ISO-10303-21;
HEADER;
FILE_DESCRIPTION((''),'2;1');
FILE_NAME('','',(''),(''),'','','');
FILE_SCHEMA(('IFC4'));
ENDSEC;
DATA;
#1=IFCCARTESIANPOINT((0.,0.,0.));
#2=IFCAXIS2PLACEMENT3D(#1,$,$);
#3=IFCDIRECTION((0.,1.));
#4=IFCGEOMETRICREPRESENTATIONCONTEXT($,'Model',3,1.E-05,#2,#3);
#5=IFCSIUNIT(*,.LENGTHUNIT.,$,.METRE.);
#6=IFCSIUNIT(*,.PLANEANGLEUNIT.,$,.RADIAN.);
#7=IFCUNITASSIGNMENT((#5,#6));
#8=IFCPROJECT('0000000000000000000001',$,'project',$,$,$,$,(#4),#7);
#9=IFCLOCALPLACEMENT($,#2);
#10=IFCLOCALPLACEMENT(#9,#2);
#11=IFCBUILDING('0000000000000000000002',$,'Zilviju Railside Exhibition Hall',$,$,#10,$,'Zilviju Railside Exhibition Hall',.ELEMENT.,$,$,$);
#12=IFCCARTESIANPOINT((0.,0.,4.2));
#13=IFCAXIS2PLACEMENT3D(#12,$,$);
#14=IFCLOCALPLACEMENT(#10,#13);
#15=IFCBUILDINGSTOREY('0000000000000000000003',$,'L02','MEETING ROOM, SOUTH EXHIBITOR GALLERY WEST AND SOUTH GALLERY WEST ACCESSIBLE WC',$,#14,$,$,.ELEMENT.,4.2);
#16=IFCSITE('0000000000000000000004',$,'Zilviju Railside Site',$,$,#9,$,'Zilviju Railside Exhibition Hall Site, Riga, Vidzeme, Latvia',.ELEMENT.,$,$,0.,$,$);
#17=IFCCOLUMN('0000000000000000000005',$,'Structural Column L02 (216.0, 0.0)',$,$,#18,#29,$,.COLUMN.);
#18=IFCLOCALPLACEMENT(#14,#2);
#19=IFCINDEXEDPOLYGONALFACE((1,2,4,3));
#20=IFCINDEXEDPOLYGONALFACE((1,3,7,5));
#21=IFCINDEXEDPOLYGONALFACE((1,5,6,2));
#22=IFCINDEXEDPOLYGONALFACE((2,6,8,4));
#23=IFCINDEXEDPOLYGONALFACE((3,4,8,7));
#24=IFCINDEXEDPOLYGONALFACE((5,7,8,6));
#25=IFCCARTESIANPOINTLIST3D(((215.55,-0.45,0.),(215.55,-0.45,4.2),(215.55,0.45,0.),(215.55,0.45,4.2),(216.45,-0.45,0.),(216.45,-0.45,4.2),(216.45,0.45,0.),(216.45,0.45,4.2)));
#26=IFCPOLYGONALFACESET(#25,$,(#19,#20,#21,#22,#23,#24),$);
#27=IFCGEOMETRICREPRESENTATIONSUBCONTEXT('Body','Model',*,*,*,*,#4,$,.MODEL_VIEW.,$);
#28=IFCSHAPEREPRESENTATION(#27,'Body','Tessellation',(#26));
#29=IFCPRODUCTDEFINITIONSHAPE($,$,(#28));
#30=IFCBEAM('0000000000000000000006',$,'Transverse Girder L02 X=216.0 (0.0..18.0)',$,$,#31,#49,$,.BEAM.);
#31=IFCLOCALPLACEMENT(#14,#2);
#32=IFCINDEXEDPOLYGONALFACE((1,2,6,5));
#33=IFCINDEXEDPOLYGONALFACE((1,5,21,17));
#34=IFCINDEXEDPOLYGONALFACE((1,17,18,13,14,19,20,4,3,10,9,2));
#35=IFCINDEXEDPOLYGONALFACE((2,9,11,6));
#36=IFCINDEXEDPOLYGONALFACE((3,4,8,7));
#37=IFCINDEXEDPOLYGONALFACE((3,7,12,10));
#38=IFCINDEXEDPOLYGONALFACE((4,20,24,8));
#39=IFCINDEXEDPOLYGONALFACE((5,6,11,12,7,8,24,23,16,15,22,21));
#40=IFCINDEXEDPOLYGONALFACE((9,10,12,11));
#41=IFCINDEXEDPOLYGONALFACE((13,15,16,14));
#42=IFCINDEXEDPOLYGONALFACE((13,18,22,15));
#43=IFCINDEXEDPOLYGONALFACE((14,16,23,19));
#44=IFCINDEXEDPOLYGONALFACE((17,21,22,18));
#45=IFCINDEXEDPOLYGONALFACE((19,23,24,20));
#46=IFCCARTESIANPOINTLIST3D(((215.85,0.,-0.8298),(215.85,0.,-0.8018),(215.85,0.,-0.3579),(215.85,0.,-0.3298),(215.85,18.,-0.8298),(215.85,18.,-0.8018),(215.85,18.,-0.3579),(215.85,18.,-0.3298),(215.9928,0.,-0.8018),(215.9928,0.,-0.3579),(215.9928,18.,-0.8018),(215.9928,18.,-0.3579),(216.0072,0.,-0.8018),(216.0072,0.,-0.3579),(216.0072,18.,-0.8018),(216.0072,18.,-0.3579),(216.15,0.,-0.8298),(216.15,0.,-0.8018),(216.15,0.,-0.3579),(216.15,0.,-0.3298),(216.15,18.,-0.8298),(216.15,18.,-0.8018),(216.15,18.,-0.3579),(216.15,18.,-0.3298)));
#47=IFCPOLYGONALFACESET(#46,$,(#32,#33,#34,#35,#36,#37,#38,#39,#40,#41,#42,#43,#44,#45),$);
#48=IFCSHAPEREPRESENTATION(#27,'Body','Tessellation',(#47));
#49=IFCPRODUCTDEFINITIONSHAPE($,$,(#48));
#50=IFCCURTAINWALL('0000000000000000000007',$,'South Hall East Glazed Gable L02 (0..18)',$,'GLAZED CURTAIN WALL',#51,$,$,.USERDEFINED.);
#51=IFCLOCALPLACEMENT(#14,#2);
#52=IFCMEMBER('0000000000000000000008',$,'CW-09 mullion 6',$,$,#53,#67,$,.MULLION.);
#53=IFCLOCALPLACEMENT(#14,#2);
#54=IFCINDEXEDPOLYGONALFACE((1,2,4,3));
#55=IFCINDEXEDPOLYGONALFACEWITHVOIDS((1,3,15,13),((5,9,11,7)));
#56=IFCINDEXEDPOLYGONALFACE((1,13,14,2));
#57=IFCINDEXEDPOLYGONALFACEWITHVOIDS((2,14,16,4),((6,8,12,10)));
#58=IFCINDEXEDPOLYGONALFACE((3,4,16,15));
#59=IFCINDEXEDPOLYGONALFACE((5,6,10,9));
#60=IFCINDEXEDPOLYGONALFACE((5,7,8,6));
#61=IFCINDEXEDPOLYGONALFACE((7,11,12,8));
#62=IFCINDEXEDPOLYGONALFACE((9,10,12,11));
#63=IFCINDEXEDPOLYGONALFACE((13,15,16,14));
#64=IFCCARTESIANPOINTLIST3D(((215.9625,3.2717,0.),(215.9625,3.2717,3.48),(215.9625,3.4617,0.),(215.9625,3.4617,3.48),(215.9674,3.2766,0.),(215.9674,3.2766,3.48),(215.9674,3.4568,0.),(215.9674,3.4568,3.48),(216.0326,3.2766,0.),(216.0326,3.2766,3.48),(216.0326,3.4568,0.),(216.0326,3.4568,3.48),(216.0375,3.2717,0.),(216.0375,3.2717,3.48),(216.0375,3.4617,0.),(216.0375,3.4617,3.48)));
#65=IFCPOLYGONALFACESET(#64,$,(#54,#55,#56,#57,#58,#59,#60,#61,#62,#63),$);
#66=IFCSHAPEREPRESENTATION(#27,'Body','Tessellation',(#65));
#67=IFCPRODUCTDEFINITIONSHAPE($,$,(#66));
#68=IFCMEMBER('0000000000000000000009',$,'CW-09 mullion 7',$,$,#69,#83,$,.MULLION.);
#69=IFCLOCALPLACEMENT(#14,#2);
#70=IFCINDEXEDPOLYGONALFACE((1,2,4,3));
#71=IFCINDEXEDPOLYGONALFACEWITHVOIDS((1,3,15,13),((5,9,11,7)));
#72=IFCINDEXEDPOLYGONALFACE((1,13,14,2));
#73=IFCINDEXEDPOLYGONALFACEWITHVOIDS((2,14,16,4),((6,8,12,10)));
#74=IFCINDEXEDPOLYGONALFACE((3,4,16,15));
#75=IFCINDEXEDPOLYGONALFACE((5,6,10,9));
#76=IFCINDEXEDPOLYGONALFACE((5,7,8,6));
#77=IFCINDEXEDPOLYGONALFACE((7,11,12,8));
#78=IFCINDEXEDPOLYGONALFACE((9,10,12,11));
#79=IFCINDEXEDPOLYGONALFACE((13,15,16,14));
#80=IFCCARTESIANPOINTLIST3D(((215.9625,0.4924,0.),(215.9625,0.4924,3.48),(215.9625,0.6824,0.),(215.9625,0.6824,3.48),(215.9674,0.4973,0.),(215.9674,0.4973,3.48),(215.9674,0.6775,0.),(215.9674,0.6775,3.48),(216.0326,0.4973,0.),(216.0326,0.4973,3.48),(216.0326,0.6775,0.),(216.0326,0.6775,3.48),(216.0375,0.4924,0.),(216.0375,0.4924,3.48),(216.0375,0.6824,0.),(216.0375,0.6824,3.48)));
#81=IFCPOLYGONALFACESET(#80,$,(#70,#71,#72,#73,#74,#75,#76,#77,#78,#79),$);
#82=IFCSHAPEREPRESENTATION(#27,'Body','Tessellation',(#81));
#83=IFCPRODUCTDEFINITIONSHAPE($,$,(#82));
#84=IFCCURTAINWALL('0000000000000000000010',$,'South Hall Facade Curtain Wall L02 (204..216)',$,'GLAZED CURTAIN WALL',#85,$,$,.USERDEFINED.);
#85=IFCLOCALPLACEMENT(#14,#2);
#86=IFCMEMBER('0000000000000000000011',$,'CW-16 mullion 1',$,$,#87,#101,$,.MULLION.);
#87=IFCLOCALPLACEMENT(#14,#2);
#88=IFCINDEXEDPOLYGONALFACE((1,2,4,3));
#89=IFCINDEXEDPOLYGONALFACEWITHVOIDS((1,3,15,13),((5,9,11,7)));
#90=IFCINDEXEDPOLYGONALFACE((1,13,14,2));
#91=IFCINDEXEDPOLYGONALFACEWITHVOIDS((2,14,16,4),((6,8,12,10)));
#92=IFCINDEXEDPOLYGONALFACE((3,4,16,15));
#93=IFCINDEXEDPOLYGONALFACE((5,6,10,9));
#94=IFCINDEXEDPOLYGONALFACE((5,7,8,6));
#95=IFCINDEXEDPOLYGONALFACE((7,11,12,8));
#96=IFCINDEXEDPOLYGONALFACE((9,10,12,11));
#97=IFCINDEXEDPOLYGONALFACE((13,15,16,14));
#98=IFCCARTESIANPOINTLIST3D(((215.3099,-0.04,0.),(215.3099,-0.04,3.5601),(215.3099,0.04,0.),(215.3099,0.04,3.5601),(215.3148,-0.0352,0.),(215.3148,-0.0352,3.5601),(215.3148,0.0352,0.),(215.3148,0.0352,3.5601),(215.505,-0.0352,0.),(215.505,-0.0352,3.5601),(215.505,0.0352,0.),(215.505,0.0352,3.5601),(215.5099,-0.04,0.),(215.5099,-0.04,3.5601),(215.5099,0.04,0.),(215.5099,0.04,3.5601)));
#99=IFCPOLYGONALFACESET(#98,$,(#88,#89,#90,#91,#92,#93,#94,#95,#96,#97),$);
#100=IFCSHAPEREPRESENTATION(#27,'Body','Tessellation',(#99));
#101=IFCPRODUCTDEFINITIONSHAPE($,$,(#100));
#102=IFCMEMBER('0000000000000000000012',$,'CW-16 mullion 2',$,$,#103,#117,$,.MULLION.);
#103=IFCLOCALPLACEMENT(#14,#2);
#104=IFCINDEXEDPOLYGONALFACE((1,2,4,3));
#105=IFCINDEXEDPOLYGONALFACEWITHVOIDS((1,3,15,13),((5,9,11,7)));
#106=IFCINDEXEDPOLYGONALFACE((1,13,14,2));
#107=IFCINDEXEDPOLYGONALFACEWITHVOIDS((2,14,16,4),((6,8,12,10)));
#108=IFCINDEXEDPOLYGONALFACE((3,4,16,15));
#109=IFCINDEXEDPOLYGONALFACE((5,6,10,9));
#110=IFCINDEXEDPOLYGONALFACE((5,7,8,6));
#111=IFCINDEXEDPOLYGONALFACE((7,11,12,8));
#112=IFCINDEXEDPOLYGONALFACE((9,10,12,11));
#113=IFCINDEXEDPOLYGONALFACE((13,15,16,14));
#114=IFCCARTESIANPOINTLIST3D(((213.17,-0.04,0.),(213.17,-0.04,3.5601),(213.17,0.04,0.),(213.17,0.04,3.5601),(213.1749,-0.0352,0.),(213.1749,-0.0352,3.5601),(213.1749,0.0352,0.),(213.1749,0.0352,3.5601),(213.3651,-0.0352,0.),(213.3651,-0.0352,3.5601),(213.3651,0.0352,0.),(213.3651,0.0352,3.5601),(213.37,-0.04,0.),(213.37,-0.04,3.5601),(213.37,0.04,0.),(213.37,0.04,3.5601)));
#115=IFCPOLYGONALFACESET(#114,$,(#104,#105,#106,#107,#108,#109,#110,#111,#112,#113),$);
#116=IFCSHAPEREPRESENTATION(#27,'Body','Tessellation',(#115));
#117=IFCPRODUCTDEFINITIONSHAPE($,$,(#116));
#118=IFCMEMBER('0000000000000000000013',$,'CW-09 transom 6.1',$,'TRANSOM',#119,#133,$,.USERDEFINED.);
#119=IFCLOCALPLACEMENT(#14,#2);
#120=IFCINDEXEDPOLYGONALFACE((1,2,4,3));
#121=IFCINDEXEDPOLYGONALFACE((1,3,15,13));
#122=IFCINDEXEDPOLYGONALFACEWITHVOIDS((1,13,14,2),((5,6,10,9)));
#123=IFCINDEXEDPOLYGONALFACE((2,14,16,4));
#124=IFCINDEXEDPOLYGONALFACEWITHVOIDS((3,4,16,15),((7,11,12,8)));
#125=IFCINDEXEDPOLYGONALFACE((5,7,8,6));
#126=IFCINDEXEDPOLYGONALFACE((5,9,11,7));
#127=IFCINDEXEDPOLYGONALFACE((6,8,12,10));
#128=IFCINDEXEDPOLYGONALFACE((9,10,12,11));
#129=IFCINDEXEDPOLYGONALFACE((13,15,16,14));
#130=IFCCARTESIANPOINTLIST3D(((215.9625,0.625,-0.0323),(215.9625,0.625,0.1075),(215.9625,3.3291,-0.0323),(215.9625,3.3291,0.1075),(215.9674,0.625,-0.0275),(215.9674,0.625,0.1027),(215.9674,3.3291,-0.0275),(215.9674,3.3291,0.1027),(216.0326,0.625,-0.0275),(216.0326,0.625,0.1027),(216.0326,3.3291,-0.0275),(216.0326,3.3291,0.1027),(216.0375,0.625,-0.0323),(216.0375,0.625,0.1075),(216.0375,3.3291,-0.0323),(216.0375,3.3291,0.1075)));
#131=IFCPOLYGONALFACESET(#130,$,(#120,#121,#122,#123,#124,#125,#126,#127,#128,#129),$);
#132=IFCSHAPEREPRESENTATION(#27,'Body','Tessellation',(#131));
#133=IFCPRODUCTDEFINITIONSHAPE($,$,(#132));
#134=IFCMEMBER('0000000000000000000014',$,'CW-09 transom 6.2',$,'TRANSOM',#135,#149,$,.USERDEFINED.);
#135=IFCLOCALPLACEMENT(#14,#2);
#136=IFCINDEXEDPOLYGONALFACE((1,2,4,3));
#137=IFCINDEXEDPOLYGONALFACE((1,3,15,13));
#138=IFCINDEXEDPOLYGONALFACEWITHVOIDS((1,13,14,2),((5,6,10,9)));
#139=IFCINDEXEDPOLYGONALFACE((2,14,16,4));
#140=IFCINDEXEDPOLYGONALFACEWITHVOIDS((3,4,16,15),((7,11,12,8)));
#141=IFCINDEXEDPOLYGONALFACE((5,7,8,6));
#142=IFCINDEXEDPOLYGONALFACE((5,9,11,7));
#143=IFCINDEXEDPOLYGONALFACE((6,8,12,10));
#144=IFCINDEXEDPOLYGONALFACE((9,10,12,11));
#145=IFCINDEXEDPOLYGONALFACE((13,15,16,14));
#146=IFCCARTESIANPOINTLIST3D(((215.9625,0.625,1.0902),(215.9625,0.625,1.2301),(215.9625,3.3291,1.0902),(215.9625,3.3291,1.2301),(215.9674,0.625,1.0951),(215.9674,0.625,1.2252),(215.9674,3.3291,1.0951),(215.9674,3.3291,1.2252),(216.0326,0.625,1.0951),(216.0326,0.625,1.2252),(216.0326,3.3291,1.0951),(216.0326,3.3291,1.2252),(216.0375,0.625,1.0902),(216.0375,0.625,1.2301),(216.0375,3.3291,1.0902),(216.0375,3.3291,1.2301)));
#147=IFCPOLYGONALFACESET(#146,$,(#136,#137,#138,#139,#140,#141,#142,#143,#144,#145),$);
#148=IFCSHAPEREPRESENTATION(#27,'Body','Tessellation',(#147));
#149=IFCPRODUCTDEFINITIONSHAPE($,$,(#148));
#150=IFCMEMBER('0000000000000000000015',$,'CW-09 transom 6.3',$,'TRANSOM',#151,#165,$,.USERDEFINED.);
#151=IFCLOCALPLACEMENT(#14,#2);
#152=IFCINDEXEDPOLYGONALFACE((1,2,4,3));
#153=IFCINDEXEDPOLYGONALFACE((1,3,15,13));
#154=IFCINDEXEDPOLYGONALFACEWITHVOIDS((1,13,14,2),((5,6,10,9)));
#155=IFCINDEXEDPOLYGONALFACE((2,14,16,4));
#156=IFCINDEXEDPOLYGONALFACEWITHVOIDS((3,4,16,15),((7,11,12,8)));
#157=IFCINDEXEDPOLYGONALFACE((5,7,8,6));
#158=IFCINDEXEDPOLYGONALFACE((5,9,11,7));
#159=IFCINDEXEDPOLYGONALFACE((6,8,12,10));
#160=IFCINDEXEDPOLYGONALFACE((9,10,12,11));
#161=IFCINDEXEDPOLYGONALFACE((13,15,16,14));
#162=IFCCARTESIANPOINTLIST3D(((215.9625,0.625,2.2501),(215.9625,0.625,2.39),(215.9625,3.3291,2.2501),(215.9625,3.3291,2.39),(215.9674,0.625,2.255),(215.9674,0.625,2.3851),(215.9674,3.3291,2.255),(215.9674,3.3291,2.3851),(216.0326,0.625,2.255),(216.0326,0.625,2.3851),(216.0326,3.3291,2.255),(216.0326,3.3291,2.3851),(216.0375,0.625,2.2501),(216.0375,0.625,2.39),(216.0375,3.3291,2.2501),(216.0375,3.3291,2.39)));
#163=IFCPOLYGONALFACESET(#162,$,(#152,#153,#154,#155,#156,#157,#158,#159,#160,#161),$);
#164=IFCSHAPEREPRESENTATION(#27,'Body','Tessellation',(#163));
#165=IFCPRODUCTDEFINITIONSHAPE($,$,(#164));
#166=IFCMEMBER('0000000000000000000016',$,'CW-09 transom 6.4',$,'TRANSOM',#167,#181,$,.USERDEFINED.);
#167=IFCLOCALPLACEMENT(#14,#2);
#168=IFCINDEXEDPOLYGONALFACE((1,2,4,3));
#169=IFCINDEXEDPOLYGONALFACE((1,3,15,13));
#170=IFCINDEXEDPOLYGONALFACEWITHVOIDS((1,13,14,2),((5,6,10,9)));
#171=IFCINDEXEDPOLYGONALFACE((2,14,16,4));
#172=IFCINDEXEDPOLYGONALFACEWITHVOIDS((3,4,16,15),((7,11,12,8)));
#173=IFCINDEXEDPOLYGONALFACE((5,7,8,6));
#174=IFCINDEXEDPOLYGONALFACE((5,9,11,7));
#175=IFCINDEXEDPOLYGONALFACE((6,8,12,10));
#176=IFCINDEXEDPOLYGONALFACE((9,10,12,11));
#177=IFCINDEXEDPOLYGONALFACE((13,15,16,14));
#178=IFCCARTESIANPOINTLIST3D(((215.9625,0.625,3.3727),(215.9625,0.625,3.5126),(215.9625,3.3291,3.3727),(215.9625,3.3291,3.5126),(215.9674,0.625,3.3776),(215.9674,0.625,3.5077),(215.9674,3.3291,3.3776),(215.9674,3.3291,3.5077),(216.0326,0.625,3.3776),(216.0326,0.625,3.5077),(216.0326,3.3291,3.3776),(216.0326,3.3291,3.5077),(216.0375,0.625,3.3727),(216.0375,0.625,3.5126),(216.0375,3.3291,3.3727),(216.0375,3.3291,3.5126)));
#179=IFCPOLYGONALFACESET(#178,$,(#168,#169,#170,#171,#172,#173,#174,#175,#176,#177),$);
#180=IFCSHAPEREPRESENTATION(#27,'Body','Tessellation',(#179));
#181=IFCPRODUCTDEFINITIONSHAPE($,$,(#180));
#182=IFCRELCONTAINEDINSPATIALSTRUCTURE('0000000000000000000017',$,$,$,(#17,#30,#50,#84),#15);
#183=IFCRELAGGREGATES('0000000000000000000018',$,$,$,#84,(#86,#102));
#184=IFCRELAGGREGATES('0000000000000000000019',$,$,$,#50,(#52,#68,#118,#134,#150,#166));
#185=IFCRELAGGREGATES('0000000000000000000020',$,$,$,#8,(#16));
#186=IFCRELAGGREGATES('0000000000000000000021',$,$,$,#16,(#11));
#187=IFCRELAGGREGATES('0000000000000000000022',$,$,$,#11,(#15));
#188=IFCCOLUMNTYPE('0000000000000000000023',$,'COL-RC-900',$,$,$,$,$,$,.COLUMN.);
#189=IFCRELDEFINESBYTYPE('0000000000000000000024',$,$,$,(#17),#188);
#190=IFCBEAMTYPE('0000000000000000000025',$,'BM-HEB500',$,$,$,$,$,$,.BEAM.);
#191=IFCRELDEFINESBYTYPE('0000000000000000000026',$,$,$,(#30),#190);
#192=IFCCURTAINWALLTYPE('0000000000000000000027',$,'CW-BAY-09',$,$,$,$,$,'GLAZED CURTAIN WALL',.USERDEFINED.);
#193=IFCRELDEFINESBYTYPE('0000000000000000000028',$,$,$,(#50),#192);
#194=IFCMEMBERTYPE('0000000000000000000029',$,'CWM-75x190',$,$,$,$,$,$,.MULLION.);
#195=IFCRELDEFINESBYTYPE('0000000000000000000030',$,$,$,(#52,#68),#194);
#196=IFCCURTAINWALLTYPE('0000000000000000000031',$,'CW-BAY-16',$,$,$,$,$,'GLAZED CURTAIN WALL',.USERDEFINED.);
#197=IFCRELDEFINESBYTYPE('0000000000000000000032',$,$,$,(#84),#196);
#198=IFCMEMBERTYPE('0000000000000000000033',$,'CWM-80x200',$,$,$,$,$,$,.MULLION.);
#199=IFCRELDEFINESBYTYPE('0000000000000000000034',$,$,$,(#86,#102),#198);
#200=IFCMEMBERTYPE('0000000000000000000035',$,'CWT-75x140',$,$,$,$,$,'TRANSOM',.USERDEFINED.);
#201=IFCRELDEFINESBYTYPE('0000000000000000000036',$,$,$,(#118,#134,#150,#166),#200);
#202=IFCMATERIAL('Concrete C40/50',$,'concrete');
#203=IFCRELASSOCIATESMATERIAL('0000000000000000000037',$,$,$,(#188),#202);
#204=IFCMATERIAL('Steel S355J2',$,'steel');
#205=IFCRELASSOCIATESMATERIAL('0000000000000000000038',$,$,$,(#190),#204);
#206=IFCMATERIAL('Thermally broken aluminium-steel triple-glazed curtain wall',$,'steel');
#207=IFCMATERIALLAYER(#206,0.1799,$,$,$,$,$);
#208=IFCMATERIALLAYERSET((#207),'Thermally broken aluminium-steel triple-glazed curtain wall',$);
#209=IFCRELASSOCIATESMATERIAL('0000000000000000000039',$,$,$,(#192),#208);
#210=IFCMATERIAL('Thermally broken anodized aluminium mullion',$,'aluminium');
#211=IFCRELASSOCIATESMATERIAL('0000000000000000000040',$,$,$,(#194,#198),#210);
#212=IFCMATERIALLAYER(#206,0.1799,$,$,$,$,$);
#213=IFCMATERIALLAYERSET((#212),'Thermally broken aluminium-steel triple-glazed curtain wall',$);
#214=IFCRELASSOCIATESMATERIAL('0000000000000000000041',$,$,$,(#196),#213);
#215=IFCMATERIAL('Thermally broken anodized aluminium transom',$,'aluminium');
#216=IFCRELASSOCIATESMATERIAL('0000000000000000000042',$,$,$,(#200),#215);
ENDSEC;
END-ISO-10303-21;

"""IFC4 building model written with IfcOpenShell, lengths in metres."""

from ifc_helpers import new_model, si_unit, direction, frame, origin, origin_2d, place, context, subcontext, project, spatial, rectangle, hollow_rectangle, i_section, extrude, material, layer, layer_set, material_profile, profile_set, type_object, element, aggregate, save


model = new_model("IFC4")

# Units and contexts
model_context = context("Model", 3, precision=1e-05, world=origin(), true_north=direction((0.0, 1.0)))
body_context = subcontext(model_context, "Body", "Model", "MODEL_VIEW")
ifc_project = project(units=[si_unit("LENGTHUNIT", "METRE"), si_unit("PLANEANGLEUNIT", "RADIAN")], contexts=[model_context])

# Site, building, storey
site_placement = place(None, origin())
site = spatial("IfcSite", under=ifc_project, at=site_placement, Name="Zilviju Railside Site", LongName="Zilviju Railside Exhibition Hall Site, Riga, Vidzeme, Latvia", CompositionType="ELEMENT", RefElevation=0.0)
building_placement = place(site_placement, origin())
building = spatial("IfcBuilding", under=site, at=building_placement, Name="Zilviju Railside Exhibition Hall", LongName="Zilviju Railside Exhibition Hall", CompositionType="ELEMENT")
storey_placement = place(building_placement, frame((0.0, 0.0, 4.2)))
storey = spatial("IfcBuildingStorey", under=building, at=storey_placement, Name="L02", Description="MEETING ROOM, SOUTH EXHIBITOR GALLERY WEST AND SOUTH GALLERY WEST ACCESSIBLE WC", CompositionType="ELEMENT", Elevation=4.2)

# Column
ifc_material_1 = material(Name="Concrete C40/50", Category="concrete")
ifc_material_profile_1 = material_profile(ifc_material_1, rectangle(XDim=0.8999, YDim=0.8999, at=origin_2d()), Name="RC COL 900x900")
ifc_profile_set_1 = profile_set([ifc_material_profile_1], Name="Concrete C40/50")
column_type = type_object("IfcColumnType", Name="COL-RC-900", PredefinedType="COLUMN", material=ifc_profile_set_1)
column_placement = place(storey_placement, frame((216.0, 0.0, 0.0), z_axis=(0.0, 0.0, 1.0), x_axis=(1.0, 0.0, 0.0)))
element("IfcColumn", 1, at=column_placement, inside=storey, type_object=column_type, Name="Structural Column L02 (216.0, 0.0)", PredefinedType="COLUMN", context=body_context, shape_type="SweptSolid", body=[
    extrude(rectangle(XDim=0.8999, YDim=0.8999, at=origin_2d()), origin(), (0.0, 0.0, 1.0), 4.2),
])

# Beam
ifc_material_2 = material(Name="Steel S355J2", Category="steel")
ifc_material_profile_2 = material_profile(ifc_material_2, i_section(OverallWidth=0.3, OverallDepth=0.5, WebThickness=0.0144, FlangeThickness=0.0281, at=origin_2d()), Name="HEB 500")
ifc_profile_set_2 = profile_set([ifc_material_profile_2], Name="Steel S355J2")
beam_type = type_object("IfcBeamType", Name="BM-HEB500", PredefinedType="BEAM", material=ifc_profile_set_2)
beam_placement = place(storey_placement, frame((216.0, 0.0, -0.5798), z_axis=(0.0, 1.0, 0.0), x_axis=(-1.0, 0.0, 0.0)))
element("IfcBeam", 2, at=beam_placement, inside=storey, type_object=beam_type, Name="Transverse Girder L02 X=216.0 (0.0..18.0)", PredefinedType="BEAM", context=body_context, shape_type="SweptSolid", body=[
    extrude(i_section(OverallWidth=0.3, OverallDepth=0.5, WebThickness=0.0144, FlangeThickness=0.0281, at=origin_2d()), origin(), (0.0, 0.0, 1.0), 18.0),
])

# Curtain walls, members
ifc_material_3 = material(Name="Thermally broken aluminium-steel triple-glazed curtain wall", Category="steel")
ifc_layer_1 = layer(ifc_material_3, 0.1799)
ifc_layer_set_1 = layer_set([ifc_layer_1], Name="Thermally broken aluminium-steel triple-glazed curtain wall")
curtain_wall_type_1 = type_object("IfcCurtainWallType", Name="CW-BAY-09", ElementType="GLAZED CURTAIN WALL", PredefinedType="USERDEFINED", material=ifc_layer_set_1)
curtain_wall_1_placement = place(storey_placement, origin())
curtain_wall_1 = element("IfcCurtainWall", 3, at=curtain_wall_1_placement, inside=storey, type_object=curtain_wall_type_1, Name="South Hall East Glazed Gable L02 (0..18)", ObjectType="GLAZED CURTAIN WALL", PredefinedType="USERDEFINED")
ifc_material_4 = material(Name="Thermally broken anodized aluminium mullion", Category="aluminium")
ifc_material_profile_3 = material_profile(ifc_material_4, hollow_rectangle(XDim=0.075, YDim=0.1899, WallThickness=0.0049, at=origin_2d()), Name="MULLION 190x75x5")
ifc_profile_set_3 = profile_set([ifc_material_profile_3], Name="Thermally broken anodized aluminium mullion")
member_type_1 = type_object("IfcMemberType", Name="CWM-75x190", PredefinedType="MULLION", material=ifc_profile_set_3)
member_1_placement = place(storey_placement, frame((216.0, 3.3667, 0.0), z_axis=(0.0, 0.0, 1.0), x_axis=(1.0, 0.0, 0.0)))
member_1 = element("IfcMember", 4, at=member_1_placement, type_object=member_type_1, Name="CW-09 mullion 6", PredefinedType="MULLION", context=body_context, shape_type="SweptSolid", body=[
    extrude(hollow_rectangle(XDim=0.075, YDim=0.1899, WallThickness=0.0049, at=origin_2d()), origin(), (0.0, 0.0, 1.0), 3.48),
])
member_2_placement = place(storey_placement, frame((216.0, 0.5874, 0.0), z_axis=(0.0, 0.0, 1.0), x_axis=(1.0, 0.0, 0.0)))
member_2 = element("IfcMember", 5, at=member_2_placement, type_object=member_type_1, Name="CW-09 mullion 7", PredefinedType="MULLION", context=body_context, shape_type="SweptSolid", body=[
    extrude(hollow_rectangle(XDim=0.075, YDim=0.1899, WallThickness=0.0049, at=origin_2d()), origin(), (0.0, 0.0, 1.0), 3.48),
])
ifc_layer_2 = layer(ifc_material_3, 0.1799)
ifc_layer_set_2 = layer_set([ifc_layer_2], Name="Thermally broken aluminium-steel triple-glazed curtain wall")
curtain_wall_type_2 = type_object("IfcCurtainWallType", Name="CW-BAY-16", ElementType="GLAZED CURTAIN WALL", PredefinedType="USERDEFINED", material=ifc_layer_set_2)
curtain_wall_2_placement = place(storey_placement, origin())
curtain_wall_2 = element("IfcCurtainWall", 6, at=curtain_wall_2_placement, inside=storey, type_object=curtain_wall_type_2, Name="South Hall Facade Curtain Wall L02 (204..216)", ObjectType="GLAZED CURTAIN WALL", PredefinedType="USERDEFINED")
ifc_material_profile_4 = material_profile(ifc_material_4, hollow_rectangle(XDim=0.0801, YDim=0.2, WallThickness=0.0049, at=origin_2d()), Name="MULLION 200x80x5")
ifc_profile_set_4 = profile_set([ifc_material_profile_4], Name="Thermally broken anodized aluminium mullion")
member_type_2 = type_object("IfcMemberType", Name="CWM-80x200", PredefinedType="MULLION", material=ifc_profile_set_4)
member_3_placement = place(storey_placement, frame((215.4099, 0.0, 0.0), z_axis=(0.0, 0.0, 1.0), x_axis=(0.0, -1.0, 0.0)))
member_3 = element("IfcMember", 7, at=member_3_placement, type_object=member_type_2, Name="CW-16 mullion 1", PredefinedType="MULLION", context=body_context, shape_type="SweptSolid", body=[
    extrude(hollow_rectangle(XDim=0.0801, YDim=0.2, WallThickness=0.0049, at=origin_2d()), origin(), (0.0, 0.0, 1.0), 3.5601),
])
member_4_placement = place(storey_placement, frame((213.27, 0.0, 0.0), z_axis=(0.0, 0.0, 1.0), x_axis=(0.0, -1.0, 0.0)))
member_4 = element("IfcMember", 8, at=member_4_placement, type_object=member_type_2, Name="CW-16 mullion 2", PredefinedType="MULLION", context=body_context, shape_type="SweptSolid", body=[
    extrude(hollow_rectangle(XDim=0.0801, YDim=0.2, WallThickness=0.0049, at=origin_2d()), origin(), (0.0, 0.0, 1.0), 3.5601),
])

# Members
ifc_material_5 = material(Name="Thermally broken anodized aluminium transom", Category="aluminium")
ifc_material_profile_5 = material_profile(ifc_material_5, hollow_rectangle(XDim=0.075, YDim=0.1399, WallThickness=0.0049, at=origin_2d()), Name="TRANSOM 140x75x5")
ifc_profile_set_5 = profile_set([ifc_material_profile_5], Name="Thermally broken anodized aluminium transom")
member_type_3 = type_object("IfcMemberType", Name="CWT-75x140", ElementType="TRANSOM", PredefinedType="USERDEFINED", material=ifc_profile_set_5)
member_5_placement = place(storey_placement, frame((216.0, 3.3291, 0.0376), z_axis=(0.0, -1.0, 0.0), x_axis=(1.0, 0.0, 0.0)))
member_5 = element("IfcMember", 9, at=member_5_placement, type_object=member_type_3, Name="CW-09 transom 6.1", ObjectType="TRANSOM", PredefinedType="USERDEFINED", context=body_context, shape_type="SweptSolid", body=[
    extrude(hollow_rectangle(XDim=0.075, YDim=0.1399, WallThickness=0.0049, at=origin_2d()), origin(), (0.0, 0.0, 1.0), 2.7041),
])
member_6_placement = place(storey_placement, frame((216.0, 3.3291, 1.1602), z_axis=(0.0, -1.0, 0.0), x_axis=(1.0, 0.0, 0.0)))
member_6 = element("IfcMember", 10, at=member_6_placement, type_object=member_type_3, Name="CW-09 transom 6.2", ObjectType="TRANSOM", PredefinedType="USERDEFINED", context=body_context, shape_type="SweptSolid", body=[
    extrude(hollow_rectangle(XDim=0.075, YDim=0.1399, WallThickness=0.0049, at=origin_2d()), origin(), (0.0, 0.0, 1.0), 2.7041),
])
member_7_placement = place(storey_placement, frame((216.0, 3.3291, 2.3201), z_axis=(0.0, -1.0, 0.0), x_axis=(1.0, 0.0, 0.0)))
member_7 = element("IfcMember", 11, at=member_7_placement, type_object=member_type_3, Name="CW-09 transom 6.3", ObjectType="TRANSOM", PredefinedType="USERDEFINED", context=body_context, shape_type="SweptSolid", body=[
    extrude(hollow_rectangle(XDim=0.075, YDim=0.1399, WallThickness=0.0049, at=origin_2d()), origin(), (0.0, 0.0, 1.0), 2.7041),
])
member_8_placement = place(storey_placement, frame((216.0, 3.3291, 3.4426), z_axis=(0.0, -1.0, 0.0), x_axis=(1.0, 0.0, 0.0)))
member_8 = element("IfcMember", 12, at=member_8_placement, type_object=member_type_3, Name="CW-09 transom 6.4", ObjectType="TRANSOM", PredefinedType="USERDEFINED", context=body_context, shape_type="SweptSolid", body=[
    extrude(hollow_rectangle(XDim=0.075, YDim=0.1399, WallThickness=0.0049, at=origin_2d()), origin(), (0.0, 0.0, 1.0), 2.7041),
])

aggregate(curtain_wall_2, [member_3, member_4])
aggregate(curtain_wall_1, [member_1, member_2, member_5, member_6, member_7, member_8])

save(model, "model.ifc")
